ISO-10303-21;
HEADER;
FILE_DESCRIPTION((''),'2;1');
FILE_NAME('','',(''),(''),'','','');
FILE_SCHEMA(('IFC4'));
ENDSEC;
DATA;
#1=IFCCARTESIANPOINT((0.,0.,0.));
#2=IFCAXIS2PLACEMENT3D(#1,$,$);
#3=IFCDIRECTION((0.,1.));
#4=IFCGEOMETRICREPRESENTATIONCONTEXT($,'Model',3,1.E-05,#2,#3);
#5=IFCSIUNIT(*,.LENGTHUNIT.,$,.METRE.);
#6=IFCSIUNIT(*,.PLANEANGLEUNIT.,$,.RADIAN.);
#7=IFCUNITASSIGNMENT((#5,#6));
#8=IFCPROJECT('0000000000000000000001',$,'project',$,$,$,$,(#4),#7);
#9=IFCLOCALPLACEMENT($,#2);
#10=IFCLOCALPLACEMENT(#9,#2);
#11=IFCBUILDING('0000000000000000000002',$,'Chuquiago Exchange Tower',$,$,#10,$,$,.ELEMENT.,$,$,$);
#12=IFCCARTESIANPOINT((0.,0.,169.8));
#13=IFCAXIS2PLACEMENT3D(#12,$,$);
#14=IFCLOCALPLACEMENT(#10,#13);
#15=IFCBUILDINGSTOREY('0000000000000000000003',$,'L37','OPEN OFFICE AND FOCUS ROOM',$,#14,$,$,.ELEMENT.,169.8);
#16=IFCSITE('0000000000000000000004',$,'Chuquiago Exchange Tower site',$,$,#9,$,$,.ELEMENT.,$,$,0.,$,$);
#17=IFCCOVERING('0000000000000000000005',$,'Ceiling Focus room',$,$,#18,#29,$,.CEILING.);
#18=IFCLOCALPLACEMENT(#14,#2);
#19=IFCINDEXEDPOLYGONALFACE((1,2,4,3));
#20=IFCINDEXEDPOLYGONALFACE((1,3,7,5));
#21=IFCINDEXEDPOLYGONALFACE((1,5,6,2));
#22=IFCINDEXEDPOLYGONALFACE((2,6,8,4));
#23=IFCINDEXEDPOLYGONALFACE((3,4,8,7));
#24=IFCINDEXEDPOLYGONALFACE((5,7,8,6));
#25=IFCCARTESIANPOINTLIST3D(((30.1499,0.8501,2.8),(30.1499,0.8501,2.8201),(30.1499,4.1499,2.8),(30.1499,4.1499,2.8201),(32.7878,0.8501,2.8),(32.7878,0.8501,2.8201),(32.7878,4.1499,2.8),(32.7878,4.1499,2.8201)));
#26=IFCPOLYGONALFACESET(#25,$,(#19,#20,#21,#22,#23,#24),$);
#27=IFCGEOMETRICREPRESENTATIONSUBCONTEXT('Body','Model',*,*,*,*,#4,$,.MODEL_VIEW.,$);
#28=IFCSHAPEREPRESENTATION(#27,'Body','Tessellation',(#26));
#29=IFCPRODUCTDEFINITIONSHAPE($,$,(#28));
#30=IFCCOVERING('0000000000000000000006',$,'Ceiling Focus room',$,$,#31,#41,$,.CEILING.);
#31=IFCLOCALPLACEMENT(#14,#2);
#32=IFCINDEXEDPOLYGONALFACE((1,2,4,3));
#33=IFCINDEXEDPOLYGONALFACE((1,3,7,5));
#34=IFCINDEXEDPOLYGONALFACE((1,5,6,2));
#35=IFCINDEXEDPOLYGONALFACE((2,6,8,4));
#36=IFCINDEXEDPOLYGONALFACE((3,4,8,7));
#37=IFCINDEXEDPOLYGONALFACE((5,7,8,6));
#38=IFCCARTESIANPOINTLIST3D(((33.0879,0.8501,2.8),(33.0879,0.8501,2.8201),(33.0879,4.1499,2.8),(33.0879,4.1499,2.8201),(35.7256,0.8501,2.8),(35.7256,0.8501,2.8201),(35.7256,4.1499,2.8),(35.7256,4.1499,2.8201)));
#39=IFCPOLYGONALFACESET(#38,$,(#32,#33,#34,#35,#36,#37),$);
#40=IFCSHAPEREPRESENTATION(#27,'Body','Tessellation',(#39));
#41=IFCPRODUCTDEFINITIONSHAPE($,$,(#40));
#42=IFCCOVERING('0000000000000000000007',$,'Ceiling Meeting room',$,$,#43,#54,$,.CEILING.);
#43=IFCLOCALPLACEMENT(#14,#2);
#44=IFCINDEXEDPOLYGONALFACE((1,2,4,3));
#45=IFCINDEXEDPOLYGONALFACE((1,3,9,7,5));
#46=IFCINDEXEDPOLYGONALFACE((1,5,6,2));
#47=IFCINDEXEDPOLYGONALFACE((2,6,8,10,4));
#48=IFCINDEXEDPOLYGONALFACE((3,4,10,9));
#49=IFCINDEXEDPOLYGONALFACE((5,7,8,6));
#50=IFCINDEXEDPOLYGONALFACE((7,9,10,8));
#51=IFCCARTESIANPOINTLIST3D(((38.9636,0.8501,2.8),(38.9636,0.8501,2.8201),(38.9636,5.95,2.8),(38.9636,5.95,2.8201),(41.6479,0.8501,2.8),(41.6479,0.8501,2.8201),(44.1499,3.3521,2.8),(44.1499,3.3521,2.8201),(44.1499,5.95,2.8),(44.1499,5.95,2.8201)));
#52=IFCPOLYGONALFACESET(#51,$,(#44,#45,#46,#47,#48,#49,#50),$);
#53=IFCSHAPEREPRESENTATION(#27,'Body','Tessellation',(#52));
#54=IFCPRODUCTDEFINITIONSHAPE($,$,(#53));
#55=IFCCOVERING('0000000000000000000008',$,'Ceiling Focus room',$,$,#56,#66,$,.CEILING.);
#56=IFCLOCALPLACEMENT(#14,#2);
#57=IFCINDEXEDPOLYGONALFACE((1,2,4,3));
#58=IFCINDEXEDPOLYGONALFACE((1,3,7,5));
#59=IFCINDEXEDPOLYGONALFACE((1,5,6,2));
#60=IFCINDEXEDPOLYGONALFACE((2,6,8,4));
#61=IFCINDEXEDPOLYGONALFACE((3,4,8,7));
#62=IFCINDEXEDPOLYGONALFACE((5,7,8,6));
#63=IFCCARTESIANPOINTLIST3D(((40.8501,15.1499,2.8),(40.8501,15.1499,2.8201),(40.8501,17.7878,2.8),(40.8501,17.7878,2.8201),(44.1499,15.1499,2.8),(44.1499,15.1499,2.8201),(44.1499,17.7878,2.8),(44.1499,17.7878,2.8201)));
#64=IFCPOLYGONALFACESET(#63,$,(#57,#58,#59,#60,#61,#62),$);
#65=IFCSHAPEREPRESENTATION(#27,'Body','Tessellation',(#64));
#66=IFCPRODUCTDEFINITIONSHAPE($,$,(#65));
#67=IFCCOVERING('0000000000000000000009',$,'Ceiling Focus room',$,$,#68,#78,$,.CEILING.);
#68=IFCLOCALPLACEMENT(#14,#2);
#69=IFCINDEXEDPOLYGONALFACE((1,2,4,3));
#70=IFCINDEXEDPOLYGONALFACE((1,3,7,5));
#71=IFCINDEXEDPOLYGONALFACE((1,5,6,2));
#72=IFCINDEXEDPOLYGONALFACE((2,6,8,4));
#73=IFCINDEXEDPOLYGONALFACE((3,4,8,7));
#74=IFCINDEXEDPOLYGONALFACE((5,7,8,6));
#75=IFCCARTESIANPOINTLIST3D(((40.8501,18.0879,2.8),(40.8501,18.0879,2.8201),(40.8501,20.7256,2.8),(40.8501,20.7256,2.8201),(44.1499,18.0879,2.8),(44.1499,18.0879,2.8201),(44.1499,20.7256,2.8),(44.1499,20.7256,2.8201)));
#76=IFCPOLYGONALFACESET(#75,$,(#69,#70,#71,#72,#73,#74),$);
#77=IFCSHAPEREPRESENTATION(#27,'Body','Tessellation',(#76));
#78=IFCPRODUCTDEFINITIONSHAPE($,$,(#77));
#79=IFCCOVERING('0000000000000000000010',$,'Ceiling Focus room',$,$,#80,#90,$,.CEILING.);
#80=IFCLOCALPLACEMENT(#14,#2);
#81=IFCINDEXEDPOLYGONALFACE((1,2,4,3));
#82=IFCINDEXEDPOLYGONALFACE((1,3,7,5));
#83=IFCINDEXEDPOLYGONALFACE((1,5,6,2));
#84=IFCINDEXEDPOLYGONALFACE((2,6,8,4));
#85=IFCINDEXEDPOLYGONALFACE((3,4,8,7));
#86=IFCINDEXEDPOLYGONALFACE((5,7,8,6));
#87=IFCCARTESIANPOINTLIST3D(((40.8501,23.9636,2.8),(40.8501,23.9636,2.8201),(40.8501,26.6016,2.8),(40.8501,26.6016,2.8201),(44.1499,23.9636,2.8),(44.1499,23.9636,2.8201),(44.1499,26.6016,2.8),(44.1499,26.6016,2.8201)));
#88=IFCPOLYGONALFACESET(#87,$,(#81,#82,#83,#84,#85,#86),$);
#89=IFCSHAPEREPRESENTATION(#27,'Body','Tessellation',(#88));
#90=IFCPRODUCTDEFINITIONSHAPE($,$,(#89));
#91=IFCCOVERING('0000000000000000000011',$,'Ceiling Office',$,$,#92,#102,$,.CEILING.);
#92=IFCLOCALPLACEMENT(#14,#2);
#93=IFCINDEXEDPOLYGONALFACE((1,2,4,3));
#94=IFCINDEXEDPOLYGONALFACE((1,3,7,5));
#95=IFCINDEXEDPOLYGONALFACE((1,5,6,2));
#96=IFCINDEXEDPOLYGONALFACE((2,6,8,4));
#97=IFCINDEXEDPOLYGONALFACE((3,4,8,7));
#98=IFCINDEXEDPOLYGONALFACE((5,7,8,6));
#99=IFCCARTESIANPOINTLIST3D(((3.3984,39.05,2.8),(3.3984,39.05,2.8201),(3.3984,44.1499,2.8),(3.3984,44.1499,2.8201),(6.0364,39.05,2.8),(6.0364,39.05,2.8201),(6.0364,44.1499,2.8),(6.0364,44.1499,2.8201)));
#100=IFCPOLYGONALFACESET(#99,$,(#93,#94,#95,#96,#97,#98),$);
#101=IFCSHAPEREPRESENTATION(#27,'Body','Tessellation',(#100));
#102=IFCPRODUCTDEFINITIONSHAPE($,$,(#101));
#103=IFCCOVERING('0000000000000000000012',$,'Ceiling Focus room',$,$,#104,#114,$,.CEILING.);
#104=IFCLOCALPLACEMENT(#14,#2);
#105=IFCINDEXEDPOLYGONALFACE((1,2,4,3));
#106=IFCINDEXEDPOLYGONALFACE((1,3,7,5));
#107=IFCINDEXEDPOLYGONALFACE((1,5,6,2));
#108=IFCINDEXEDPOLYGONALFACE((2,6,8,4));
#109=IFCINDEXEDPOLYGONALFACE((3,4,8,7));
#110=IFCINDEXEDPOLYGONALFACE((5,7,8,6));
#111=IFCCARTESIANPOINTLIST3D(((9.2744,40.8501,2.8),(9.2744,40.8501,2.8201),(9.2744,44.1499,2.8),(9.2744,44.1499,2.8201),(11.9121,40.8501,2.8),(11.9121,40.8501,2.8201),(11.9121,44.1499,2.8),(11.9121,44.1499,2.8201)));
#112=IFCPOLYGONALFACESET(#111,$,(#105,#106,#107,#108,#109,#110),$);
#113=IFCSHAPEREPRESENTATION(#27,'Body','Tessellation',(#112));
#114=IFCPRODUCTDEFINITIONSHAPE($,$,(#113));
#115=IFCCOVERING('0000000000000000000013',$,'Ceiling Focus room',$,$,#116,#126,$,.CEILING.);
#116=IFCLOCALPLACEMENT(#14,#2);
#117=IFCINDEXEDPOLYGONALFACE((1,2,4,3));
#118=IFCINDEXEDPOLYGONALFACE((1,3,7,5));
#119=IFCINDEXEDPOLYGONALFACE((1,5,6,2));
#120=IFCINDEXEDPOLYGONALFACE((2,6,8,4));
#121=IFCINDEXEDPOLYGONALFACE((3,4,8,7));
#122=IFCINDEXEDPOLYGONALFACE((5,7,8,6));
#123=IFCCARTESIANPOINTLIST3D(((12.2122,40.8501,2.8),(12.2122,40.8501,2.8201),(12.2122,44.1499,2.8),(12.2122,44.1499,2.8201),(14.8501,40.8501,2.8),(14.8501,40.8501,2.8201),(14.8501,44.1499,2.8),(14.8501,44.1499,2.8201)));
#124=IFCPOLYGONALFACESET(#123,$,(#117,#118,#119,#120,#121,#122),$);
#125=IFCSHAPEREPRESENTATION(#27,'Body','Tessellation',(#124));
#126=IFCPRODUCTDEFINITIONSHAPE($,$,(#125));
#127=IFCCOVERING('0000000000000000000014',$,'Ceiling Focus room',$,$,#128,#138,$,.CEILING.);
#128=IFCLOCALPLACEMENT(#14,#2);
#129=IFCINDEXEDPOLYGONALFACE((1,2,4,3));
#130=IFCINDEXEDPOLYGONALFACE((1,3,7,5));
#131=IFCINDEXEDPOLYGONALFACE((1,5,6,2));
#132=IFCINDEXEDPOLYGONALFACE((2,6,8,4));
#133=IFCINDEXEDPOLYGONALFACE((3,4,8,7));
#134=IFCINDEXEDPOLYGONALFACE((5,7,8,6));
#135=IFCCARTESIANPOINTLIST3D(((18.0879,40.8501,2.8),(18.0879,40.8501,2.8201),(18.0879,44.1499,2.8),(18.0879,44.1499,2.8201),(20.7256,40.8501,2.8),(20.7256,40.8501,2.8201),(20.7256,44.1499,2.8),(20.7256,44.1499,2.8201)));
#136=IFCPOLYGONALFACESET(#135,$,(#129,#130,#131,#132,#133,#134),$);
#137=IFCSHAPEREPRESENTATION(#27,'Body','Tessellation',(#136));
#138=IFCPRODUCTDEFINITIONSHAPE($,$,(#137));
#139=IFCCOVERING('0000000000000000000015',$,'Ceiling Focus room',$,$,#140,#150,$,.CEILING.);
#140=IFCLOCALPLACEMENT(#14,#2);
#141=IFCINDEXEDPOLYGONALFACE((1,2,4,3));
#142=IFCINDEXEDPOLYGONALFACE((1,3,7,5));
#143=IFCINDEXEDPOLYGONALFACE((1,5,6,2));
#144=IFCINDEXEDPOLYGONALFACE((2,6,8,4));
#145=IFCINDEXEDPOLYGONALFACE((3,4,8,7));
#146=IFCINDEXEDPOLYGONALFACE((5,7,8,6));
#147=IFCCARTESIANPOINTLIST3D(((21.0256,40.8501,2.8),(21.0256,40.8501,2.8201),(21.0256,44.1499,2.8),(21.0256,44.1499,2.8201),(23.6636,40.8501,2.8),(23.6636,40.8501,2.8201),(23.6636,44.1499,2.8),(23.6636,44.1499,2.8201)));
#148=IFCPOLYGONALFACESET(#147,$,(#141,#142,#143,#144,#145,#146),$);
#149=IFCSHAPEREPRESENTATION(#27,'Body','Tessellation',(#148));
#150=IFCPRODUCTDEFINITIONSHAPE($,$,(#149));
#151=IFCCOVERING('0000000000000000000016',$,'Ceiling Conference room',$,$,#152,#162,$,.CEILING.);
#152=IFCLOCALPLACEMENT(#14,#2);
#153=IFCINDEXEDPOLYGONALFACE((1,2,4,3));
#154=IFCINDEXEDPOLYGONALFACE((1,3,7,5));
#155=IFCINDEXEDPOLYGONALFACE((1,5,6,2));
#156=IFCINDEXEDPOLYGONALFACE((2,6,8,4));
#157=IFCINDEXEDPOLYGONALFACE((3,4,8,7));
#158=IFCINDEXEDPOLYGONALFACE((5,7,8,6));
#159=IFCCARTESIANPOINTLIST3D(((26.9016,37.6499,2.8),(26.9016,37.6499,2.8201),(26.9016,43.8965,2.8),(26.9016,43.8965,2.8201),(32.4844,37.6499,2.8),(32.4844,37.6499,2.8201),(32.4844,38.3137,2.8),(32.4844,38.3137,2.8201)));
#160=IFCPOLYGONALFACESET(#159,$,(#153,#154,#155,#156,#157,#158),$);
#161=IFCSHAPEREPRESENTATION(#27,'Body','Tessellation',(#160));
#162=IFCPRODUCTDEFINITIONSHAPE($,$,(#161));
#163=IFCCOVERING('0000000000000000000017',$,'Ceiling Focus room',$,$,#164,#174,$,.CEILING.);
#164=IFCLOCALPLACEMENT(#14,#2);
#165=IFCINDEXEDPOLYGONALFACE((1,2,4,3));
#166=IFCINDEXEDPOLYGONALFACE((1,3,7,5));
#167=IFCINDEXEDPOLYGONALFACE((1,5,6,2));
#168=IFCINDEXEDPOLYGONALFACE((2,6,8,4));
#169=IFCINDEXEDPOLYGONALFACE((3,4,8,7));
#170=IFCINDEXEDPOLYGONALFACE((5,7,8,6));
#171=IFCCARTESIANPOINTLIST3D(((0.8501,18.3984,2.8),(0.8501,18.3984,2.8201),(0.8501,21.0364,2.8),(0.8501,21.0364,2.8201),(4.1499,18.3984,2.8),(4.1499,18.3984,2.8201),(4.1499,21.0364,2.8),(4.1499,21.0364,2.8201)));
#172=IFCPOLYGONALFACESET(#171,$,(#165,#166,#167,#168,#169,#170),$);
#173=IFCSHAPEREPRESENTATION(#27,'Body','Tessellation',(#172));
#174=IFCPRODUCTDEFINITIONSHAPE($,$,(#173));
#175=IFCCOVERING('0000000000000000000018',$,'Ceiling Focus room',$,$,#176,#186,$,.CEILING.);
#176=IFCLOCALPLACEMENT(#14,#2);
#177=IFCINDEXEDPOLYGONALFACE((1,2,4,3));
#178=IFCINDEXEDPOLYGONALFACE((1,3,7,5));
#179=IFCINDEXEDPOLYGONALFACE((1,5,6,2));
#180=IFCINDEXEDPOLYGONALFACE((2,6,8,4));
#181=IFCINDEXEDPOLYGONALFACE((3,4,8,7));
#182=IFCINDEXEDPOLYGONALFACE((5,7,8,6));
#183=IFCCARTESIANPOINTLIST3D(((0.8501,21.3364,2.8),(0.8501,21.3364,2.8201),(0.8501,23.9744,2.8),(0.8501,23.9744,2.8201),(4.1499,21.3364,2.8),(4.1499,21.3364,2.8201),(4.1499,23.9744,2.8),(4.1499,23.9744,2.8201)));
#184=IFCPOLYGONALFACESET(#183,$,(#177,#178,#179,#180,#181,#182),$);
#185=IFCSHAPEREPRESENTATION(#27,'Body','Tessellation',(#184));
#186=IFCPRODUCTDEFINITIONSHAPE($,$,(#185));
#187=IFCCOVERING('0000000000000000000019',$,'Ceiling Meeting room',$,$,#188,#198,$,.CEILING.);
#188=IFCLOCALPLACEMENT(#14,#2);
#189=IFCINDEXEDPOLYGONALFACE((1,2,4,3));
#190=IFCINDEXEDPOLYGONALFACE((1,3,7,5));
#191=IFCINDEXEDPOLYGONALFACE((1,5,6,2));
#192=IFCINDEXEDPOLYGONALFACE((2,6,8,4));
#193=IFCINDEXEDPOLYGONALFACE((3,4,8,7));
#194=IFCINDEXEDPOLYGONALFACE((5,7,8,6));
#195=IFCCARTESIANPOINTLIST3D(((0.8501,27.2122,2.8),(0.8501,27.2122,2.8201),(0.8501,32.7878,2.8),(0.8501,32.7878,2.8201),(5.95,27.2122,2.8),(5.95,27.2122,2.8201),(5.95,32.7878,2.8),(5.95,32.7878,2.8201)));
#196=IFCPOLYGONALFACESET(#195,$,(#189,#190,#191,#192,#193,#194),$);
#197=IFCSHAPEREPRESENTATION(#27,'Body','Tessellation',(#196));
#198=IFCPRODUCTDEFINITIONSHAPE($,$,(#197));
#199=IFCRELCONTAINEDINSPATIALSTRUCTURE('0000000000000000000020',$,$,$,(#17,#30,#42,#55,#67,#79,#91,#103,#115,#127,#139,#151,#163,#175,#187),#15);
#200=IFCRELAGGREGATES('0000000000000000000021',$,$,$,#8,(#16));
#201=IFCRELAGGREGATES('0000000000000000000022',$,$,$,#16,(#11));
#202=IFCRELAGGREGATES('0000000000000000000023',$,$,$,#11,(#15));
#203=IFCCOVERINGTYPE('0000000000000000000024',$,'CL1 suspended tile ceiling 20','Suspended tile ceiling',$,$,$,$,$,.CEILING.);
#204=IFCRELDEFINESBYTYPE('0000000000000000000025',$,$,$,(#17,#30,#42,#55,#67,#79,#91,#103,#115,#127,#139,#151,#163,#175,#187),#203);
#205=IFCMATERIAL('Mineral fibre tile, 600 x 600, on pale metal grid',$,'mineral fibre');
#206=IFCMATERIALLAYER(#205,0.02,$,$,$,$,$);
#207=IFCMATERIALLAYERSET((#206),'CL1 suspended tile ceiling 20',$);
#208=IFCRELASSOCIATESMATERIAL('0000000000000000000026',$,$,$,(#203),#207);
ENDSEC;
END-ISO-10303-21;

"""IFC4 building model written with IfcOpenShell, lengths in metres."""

from ifc_helpers import new_model, si_unit, direction, frame, origin, place, context, subcontext, project, spatial, polyline, outline, extrude, material, layer, layer_set, type_object, element, save


model = new_model("IFC4")

# Units and contexts
model_context = context("Model", 3, precision=1e-05, world=origin(), true_north=direction((0.0, 1.0)))
body_context = subcontext(model_context, "Body", "Model", "MODEL_VIEW")
ifc_project = project(units=[si_unit("LENGTHUNIT", "METRE"), si_unit("PLANEANGLEUNIT", "RADIAN")], contexts=[model_context])

# Site, building, storey
site_placement = place(None, origin())
site = spatial("IfcSite", under=ifc_project, at=site_placement, Name="Chuquiago Exchange Tower site", CompositionType="ELEMENT", RefElevation=0.0)
building_placement = place(site_placement, origin())
building = spatial("IfcBuilding", under=site, at=building_placement, Name="Chuquiago Exchange Tower", CompositionType="ELEMENT")
storey_placement = place(building_placement, frame((0.0, 0.0, 169.8)))
storey = spatial("IfcBuildingStorey", under=building, at=storey_placement, Name="L37", Description="OPEN OFFICE AND FOCUS ROOM", CompositionType="ELEMENT", Elevation=169.8)

# Coverings
ifc_material_1 = material(Name="Mineral fibre tile, 600 x 600, on pale metal grid", Category="mineral fibre")
ifc_layer_1 = layer(ifc_material_1, 0.02)
ifc_layer_set_1 = layer_set([ifc_layer_1], Name="CL1 suspended tile ceiling 20")
covering_type_1 = type_object("IfcCoveringType", Name="CL1 suspended tile ceiling 20", Description="Suspended tile ceiling", PredefinedType="CEILING", material=ifc_layer_set_1)
covering_1_placement = place(storey_placement, frame((0.0, 0.0, 2.8)))
element("IfcCovering", 1, at=covering_1_placement, inside=storey, type_object=covering_type_1, Name="Ceiling Focus room", PredefinedType="CEILING", context=body_context, shape_type="SweptSolid", body=[
    extrude(outline(polyline([(30.1499, 4.1499), (32.7878, 4.1499), (32.7878, 0.8501), (30.1499, 0.8501), (30.1499, 4.1499)])), origin(), (0.0, 0.0, 1.0), 0.02),
])
covering_2_placement = place(storey_placement, frame((0.0, 0.0, 2.8)))
element("IfcCovering", 2, at=covering_2_placement, inside=storey, type_object=covering_type_1, Name="Ceiling Focus room", PredefinedType="CEILING", context=body_context, shape_type="SweptSolid", body=[
    extrude(outline(polyline([(33.0879, 4.1499), (35.7256, 4.1499), (35.7256, 0.8501), (33.0879, 0.8501), (33.0879, 4.1499)])), origin(), (0.0, 0.0, 1.0), 0.02),
])
covering_3_placement = place(storey_placement, frame((0.0, 0.0, 2.8)))
element("IfcCovering", 3, at=covering_3_placement, inside=storey, type_object=covering_type_1, Name="Ceiling Meeting room", PredefinedType="CEILING", context=body_context, shape_type="SweptSolid", body=[
    extrude(outline(polyline([(41.6479, 0.8501), (38.9636, 0.8501), (38.9636, 5.95), (44.1499, 5.95), (44.1499, 3.3521), (41.6479, 0.8501)])), origin(), (0.0, 0.0, 1.0), 0.02),
])
covering_4_placement = place(storey_placement, frame((0.0, 0.0, 2.8)))
element("IfcCovering", 4, at=covering_4_placement, inside=storey, type_object=covering_type_1, Name="Ceiling Focus room", PredefinedType="CEILING", context=body_context, shape_type="SweptSolid", body=[
    extrude(outline(polyline([(40.8501, 15.1499), (40.8501, 17.7878), (44.1499, 17.7878), (44.1499, 15.1499), (40.8501, 15.1499)])), origin(), (0.0, 0.0, 1.0), 0.02),
])
covering_5_placement = place(storey_placement, frame((0.0, 0.0, 2.8)))
element("IfcCovering", 5, at=covering_5_placement, inside=storey, type_object=covering_type_1, Name="Ceiling Focus room", PredefinedType="CEILING", context=body_context, shape_type="SweptSolid", body=[
    extrude(outline(polyline([(40.8501, 18.0879), (40.8501, 20.7256), (44.1499, 20.7256), (44.1499, 18.0879), (40.8501, 18.0879)])), origin(), (0.0, 0.0, 1.0), 0.02),
])
covering_6_placement = place(storey_placement, frame((0.0, 0.0, 2.8)))
element("IfcCovering", 6, at=covering_6_placement, inside=storey, type_object=covering_type_1, Name="Ceiling Focus room", PredefinedType="CEILING", context=body_context, shape_type="SweptSolid", body=[
    extrude(outline(polyline([(44.1499, 23.9636), (40.8501, 23.9636), (40.8501, 26.6016), (44.1499, 26.6016), (44.1499, 23.9636)])), origin(), (0.0, 0.0, 1.0), 0.02),
])
covering_7_placement = place(storey_placement, frame((0.0, 0.0, 2.8)))
element("IfcCovering", 7, at=covering_7_placement, inside=storey, type_object=covering_type_1, Name="Ceiling Office", PredefinedType="CEILING", context=body_context, shape_type="SweptSolid", body=[
    extrude(outline(polyline([(6.0364, 44.1499), (6.0364, 39.05), (3.3984, 39.05), (3.3984, 44.1499), (6.0364, 44.1499)])), origin(), (0.0, 0.0, 1.0), 0.02),
])
covering_8_placement = place(storey_placement, frame((0.0, 0.0, 2.8)))
element("IfcCovering", 8, at=covering_8_placement, inside=storey, type_object=covering_type_1, Name="Ceiling Focus room", PredefinedType="CEILING", context=body_context, shape_type="SweptSolid", body=[
    extrude(outline(polyline([(11.9121, 40.8501), (9.2744, 40.8501), (9.2744, 44.1499), (11.9121, 44.1499), (11.9121, 40.8501)])), origin(), (0.0, 0.0, 1.0), 0.02),
])
covering_9_placement = place(storey_placement, frame((0.0, 0.0, 2.8)))
element("IfcCovering", 9, at=covering_9_placement, inside=storey, type_object=covering_type_1, Name="Ceiling Focus room", PredefinedType="CEILING", context=body_context, shape_type="SweptSolid", body=[
    extrude(outline(polyline([(14.8501, 40.8501), (12.2122, 40.8501), (12.2122, 44.1499), (14.8501, 44.1499), (14.8501, 40.8501)])), origin(), (0.0, 0.0, 1.0), 0.02),
])
covering_10_placement = place(storey_placement, frame((0.0, 0.0, 2.8)))
element("IfcCovering", 10, at=covering_10_placement, inside=storey, type_object=covering_type_1, Name="Ceiling Focus room", PredefinedType="CEILING", context=body_context, shape_type="SweptSolid", body=[
    extrude(outline(polyline([(20.7256, 40.8501), (18.0879, 40.8501), (18.0879, 44.1499), (20.7256, 44.1499), (20.7256, 40.8501)])), origin(), (0.0, 0.0, 1.0), 0.02),
])
covering_11_placement = place(storey_placement, frame((0.0, 0.0, 2.8)))
element("IfcCovering", 11, at=covering_11_placement, inside=storey, type_object=covering_type_1, Name="Ceiling Focus room", PredefinedType="CEILING", context=body_context, shape_type="SweptSolid", body=[
    extrude(outline(polyline([(23.6636, 40.8501), (21.0256, 40.8501), (21.0256, 44.1499), (23.6636, 44.1499), (23.6636, 40.8501)])), origin(), (0.0, 0.0, 1.0), 0.02),
])
covering_12_placement = place(storey_placement, frame((0.0, 0.0, 2.8)))
element("IfcCovering", 12, at=covering_12_placement, inside=storey, type_object=covering_type_1, Name="Ceiling Conference room", PredefinedType="CEILING", context=body_context, shape_type="SweptSolid", body=[
    extrude(outline(polyline([(32.4844, 37.6499), (26.9016, 37.6499), (26.9016, 43.8965), (32.4844, 38.3137), (32.4844, 37.6499)])), origin(), (0.0, 0.0, 1.0), 0.02),
])
covering_13_placement = place(storey_placement, frame((0.0, 0.0, 2.8)))
element("IfcCovering", 13, at=covering_13_placement, inside=storey, type_object=covering_type_1, Name="Ceiling Focus room", PredefinedType="CEILING", context=body_context, shape_type="SweptSolid", body=[
    extrude(outline(polyline([(0.8501, 21.0364), (4.1499, 21.0364), (4.1499, 18.3984), (0.8501, 18.3984), (0.8501, 21.0364)])), origin(), (0.0, 0.0, 1.0), 0.02),
])
covering_14_placement = place(storey_placement, frame((0.0, 0.0, 2.8)))
element("IfcCovering", 14, at=covering_14_placement, inside=storey, type_object=covering_type_1, Name="Ceiling Focus room", PredefinedType="CEILING", context=body_context, shape_type="SweptSolid", body=[
    extrude(outline(polyline([(4.1499, 23.9744), (4.1499, 21.3364), (0.8501, 21.3364), (0.8501, 23.9744), (4.1499, 23.9744)])), origin(), (0.0, 0.0, 1.0), 0.02),
])
covering_15_placement = place(storey_placement, frame((0.0, 0.0, 2.8)))
element("IfcCovering", 15, at=covering_15_placement, inside=storey, type_object=covering_type_1, Name="Ceiling Meeting room", PredefinedType="CEILING", context=body_context, shape_type="SweptSolid", body=[
    extrude(outline(polyline([(5.95, 32.7878), (5.95, 27.2122), (0.8501, 27.2122), (0.8501, 32.7878), (5.95, 32.7878)])), origin(), (0.0, 0.0, 1.0), 0.02),
])

save(model, "model.ifc")
